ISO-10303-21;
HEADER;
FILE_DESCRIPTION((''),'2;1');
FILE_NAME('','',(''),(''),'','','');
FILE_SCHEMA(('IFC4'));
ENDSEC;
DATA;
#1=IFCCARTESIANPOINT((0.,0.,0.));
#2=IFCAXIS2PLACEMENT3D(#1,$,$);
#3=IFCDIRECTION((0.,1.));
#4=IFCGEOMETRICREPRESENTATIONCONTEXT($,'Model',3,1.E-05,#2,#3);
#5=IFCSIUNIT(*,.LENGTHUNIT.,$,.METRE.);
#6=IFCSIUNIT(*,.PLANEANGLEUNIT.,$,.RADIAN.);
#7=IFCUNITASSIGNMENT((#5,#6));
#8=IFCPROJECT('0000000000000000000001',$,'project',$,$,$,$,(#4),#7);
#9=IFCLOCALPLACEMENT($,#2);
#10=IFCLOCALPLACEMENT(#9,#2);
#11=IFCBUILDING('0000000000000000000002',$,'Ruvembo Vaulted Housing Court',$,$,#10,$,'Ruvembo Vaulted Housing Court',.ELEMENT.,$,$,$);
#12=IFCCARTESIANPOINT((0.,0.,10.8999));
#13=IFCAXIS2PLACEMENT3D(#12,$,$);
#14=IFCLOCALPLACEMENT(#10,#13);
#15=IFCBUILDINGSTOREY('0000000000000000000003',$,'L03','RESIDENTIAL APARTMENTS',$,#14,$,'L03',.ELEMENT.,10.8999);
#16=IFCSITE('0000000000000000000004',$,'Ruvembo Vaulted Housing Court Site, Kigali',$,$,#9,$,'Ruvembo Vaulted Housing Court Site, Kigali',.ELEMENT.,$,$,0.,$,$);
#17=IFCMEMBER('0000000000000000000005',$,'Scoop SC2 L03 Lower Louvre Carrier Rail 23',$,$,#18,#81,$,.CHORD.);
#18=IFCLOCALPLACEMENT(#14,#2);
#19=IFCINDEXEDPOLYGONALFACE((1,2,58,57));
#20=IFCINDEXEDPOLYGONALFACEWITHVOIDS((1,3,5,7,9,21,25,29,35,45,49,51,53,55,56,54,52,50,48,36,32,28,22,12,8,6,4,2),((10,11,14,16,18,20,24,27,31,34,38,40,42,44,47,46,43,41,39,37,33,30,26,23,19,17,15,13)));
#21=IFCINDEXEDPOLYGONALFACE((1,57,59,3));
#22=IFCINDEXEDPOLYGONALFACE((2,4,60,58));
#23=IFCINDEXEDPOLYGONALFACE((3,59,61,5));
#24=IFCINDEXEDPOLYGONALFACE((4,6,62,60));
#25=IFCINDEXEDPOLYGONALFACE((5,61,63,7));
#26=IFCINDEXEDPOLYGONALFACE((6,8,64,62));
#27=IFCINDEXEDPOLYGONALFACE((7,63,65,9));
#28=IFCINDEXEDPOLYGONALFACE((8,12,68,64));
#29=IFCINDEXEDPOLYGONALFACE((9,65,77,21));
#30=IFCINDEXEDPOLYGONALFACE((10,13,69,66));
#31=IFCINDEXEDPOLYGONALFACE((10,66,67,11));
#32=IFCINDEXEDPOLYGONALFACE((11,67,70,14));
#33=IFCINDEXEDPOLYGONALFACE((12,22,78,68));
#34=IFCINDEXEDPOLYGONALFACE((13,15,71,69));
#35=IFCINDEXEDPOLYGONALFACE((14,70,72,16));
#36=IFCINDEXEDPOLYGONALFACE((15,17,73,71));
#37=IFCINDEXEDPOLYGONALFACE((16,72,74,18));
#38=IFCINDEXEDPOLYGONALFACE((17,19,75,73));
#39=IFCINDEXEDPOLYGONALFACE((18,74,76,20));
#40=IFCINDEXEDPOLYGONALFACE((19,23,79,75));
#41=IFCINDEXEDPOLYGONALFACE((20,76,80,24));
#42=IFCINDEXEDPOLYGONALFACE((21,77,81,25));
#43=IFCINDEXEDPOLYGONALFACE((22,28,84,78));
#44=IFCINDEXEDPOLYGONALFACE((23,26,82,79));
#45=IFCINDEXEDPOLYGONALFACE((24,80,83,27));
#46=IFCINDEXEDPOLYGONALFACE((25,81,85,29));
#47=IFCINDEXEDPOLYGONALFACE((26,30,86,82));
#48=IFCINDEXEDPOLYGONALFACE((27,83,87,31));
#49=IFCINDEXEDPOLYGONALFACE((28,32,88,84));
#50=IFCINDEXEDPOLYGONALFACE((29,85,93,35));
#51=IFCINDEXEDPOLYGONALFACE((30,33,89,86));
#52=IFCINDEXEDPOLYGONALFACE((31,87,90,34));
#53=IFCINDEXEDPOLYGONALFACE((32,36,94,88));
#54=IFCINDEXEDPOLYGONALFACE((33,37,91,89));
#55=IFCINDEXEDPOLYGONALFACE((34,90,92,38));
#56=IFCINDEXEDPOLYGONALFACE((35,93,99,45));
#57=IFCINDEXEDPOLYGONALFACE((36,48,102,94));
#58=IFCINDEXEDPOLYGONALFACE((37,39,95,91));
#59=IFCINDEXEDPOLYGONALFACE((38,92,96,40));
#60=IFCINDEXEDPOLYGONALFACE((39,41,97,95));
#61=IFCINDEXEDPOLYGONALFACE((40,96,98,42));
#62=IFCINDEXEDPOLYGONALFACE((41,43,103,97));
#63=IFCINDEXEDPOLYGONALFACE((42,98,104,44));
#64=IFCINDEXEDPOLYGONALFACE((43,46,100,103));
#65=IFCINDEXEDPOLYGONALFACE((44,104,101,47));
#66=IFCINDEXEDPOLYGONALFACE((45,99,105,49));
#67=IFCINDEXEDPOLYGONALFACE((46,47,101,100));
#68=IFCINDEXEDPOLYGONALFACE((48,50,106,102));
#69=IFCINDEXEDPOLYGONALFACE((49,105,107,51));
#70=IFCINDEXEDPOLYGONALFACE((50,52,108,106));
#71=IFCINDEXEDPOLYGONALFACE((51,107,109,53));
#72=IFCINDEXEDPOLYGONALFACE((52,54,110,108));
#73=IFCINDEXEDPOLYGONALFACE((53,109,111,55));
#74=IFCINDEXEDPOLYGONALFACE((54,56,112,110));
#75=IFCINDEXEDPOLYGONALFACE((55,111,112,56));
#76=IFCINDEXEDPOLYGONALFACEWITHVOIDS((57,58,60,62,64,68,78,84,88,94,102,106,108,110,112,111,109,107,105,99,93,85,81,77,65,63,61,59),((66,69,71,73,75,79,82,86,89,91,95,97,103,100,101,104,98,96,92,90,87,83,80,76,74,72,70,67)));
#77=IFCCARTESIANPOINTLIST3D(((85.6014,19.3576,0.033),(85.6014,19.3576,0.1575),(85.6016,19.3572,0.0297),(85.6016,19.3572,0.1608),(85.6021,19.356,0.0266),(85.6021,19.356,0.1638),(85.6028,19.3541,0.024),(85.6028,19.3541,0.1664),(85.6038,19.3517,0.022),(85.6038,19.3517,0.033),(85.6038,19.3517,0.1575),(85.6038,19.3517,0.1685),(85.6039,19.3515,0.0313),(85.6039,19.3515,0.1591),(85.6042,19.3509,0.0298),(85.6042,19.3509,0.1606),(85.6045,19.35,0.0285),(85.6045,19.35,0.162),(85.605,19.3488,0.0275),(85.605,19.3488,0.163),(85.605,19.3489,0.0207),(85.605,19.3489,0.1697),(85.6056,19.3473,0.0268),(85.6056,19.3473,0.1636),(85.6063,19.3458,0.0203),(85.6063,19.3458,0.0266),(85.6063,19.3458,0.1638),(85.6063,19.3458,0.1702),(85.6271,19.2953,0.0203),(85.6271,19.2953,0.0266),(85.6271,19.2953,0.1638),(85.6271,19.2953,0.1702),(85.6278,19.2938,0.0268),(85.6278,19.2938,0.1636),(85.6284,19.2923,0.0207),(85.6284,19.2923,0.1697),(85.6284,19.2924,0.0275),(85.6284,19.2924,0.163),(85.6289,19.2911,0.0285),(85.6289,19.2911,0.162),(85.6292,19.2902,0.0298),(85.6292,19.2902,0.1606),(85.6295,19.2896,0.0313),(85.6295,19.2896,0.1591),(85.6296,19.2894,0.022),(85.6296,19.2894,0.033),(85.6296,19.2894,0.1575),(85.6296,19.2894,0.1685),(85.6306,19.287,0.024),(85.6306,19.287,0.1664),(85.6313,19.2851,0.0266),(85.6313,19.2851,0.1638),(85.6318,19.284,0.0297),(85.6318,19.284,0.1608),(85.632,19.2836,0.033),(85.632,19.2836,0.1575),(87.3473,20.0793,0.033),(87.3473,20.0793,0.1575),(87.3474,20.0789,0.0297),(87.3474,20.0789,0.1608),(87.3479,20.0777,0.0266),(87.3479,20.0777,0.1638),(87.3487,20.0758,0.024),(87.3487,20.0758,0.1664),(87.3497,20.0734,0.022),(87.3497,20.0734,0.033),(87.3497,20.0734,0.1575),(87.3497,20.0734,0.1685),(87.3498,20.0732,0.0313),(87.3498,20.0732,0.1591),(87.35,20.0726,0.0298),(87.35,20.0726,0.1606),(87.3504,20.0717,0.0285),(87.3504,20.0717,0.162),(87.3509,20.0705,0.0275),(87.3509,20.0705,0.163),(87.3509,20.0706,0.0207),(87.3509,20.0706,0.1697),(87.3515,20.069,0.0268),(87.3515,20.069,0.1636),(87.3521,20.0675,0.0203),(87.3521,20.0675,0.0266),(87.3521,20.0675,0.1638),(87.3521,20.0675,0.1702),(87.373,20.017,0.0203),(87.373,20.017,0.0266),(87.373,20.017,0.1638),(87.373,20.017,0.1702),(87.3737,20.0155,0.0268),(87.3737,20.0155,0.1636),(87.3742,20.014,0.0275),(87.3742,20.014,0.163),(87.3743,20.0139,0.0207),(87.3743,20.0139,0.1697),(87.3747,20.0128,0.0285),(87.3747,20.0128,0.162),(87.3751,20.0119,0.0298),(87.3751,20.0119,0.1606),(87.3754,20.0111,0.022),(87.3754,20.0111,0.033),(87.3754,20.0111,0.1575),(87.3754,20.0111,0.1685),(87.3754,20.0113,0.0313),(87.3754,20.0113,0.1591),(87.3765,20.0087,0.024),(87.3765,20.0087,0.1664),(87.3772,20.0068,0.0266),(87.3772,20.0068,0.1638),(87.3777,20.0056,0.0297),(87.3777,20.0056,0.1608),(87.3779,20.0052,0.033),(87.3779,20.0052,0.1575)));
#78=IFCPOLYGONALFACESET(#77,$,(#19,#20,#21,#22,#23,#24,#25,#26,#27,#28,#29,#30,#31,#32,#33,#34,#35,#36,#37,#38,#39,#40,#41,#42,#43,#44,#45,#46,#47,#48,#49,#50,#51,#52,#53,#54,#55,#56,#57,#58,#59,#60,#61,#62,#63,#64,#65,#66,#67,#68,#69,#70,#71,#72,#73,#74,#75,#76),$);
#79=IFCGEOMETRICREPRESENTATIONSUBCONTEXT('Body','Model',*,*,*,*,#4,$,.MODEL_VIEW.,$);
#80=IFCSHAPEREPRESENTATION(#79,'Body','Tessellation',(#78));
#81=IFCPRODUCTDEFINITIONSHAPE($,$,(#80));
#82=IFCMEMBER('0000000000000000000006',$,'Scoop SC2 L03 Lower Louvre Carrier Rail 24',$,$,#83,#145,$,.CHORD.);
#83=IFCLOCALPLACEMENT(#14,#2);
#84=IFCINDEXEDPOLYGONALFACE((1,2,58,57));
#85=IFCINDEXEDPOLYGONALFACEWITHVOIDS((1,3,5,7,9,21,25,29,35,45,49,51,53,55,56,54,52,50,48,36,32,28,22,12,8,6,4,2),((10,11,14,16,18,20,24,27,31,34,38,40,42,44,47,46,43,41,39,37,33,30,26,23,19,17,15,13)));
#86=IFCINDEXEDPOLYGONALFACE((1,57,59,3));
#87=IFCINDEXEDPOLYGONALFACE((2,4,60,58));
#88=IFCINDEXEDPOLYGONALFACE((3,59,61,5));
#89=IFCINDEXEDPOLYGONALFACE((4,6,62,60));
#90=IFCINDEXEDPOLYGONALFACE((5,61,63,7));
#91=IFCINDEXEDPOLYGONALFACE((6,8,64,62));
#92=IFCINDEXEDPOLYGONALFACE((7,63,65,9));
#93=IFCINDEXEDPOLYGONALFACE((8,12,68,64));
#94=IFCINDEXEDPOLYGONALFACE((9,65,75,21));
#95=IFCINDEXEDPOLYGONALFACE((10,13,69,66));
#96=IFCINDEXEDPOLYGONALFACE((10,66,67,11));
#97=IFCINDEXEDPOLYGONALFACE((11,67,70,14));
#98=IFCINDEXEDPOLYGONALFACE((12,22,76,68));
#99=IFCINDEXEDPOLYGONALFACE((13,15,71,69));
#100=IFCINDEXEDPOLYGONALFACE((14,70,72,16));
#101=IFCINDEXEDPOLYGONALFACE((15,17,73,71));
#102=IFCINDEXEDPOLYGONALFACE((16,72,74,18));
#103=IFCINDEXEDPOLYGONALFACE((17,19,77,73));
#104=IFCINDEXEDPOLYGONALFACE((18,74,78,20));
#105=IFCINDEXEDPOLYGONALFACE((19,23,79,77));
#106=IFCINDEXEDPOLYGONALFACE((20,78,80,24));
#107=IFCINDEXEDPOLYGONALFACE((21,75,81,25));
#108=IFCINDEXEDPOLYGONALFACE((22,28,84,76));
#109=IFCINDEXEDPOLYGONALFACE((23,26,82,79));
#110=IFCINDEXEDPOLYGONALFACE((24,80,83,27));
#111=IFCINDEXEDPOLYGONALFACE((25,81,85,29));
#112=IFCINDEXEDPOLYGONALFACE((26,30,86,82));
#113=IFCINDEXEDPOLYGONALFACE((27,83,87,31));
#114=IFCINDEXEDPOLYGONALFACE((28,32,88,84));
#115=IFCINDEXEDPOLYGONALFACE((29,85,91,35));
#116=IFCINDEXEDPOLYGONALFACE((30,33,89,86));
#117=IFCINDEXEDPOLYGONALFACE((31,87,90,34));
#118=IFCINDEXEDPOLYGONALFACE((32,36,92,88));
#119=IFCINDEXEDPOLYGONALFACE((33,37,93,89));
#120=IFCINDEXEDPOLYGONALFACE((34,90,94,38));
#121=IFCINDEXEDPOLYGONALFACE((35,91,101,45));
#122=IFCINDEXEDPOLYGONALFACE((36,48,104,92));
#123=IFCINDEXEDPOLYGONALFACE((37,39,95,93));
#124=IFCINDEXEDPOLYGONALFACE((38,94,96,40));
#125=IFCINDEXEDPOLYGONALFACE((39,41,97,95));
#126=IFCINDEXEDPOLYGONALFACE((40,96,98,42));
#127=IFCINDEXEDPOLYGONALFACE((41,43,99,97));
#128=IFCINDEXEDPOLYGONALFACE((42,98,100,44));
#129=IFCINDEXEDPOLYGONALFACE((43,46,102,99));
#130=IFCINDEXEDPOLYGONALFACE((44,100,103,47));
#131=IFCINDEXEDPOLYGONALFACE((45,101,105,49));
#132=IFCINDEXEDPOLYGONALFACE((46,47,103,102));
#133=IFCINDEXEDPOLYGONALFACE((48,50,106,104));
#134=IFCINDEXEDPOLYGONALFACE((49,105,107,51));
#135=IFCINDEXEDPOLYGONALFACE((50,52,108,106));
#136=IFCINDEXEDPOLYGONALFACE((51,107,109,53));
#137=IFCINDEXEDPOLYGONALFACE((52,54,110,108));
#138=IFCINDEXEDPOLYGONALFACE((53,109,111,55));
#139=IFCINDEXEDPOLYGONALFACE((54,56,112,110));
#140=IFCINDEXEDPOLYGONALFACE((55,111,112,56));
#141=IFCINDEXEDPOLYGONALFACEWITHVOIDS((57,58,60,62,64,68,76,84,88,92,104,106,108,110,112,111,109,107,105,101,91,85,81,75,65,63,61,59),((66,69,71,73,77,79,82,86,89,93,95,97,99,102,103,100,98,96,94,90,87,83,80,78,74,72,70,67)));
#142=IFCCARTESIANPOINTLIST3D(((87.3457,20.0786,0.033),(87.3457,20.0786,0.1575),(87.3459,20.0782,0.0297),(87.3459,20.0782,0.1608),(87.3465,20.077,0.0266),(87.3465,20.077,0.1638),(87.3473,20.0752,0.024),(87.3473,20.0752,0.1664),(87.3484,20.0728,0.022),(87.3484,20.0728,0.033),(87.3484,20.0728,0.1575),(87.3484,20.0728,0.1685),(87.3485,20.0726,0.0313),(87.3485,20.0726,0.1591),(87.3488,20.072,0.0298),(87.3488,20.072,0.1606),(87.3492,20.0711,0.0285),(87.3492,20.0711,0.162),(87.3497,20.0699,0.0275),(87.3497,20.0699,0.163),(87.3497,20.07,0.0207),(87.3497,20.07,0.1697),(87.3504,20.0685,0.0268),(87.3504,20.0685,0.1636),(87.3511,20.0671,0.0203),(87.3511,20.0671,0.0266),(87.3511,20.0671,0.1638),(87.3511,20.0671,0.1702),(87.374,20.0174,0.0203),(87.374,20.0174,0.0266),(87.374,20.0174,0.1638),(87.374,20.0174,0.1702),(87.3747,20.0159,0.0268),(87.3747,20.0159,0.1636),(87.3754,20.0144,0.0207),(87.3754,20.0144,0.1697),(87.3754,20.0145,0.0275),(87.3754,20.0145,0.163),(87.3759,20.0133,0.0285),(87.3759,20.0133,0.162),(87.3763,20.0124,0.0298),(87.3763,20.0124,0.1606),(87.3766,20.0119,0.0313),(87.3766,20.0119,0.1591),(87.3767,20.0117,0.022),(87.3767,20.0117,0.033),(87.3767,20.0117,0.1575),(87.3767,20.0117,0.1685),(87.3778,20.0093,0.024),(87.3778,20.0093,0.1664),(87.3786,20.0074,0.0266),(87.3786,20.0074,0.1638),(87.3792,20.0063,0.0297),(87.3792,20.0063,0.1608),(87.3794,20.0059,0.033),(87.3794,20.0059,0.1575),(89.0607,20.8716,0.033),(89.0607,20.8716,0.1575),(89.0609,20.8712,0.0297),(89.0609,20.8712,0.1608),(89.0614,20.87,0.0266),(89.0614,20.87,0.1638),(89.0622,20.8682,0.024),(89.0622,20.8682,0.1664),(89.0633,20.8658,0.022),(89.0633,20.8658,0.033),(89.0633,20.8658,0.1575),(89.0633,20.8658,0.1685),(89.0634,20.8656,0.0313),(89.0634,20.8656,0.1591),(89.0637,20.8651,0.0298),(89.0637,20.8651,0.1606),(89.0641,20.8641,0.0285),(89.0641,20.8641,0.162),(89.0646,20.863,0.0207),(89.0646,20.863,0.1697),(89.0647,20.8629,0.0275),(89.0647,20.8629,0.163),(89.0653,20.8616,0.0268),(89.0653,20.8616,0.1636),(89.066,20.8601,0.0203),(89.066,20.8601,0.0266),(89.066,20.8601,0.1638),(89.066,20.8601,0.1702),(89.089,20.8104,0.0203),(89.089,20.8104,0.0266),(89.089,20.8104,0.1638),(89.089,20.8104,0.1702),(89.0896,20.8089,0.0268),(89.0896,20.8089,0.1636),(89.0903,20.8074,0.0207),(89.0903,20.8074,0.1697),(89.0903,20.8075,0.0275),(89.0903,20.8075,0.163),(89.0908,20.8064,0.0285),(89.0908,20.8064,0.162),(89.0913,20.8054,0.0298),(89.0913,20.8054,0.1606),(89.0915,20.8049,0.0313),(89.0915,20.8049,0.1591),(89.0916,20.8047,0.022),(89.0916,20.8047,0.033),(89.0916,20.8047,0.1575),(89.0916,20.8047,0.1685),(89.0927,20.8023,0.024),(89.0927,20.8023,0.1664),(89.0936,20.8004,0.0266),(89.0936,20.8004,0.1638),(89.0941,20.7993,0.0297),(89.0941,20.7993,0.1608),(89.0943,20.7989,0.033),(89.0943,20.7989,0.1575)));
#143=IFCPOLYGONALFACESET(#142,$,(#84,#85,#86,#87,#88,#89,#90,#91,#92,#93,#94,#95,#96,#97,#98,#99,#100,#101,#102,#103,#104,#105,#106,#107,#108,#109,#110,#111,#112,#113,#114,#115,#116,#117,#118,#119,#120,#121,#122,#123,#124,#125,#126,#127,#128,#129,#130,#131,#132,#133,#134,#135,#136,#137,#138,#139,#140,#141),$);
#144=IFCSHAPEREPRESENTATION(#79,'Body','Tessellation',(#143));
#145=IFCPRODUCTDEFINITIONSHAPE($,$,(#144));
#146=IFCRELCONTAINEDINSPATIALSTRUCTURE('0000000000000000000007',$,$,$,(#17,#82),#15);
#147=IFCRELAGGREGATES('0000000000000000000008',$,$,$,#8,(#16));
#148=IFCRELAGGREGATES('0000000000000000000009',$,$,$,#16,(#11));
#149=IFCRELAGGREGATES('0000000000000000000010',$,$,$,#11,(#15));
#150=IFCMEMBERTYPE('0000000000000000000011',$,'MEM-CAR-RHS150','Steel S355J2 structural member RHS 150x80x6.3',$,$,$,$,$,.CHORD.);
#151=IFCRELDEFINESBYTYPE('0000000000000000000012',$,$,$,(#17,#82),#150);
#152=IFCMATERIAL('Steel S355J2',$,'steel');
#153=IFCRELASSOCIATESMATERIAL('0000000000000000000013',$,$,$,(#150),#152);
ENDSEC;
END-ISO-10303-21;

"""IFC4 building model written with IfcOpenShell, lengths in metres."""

from ifc_helpers import new_model, si_unit, direction, frame, origin, origin_2d, place, context, subcontext, project, spatial, hollow_rectangle, extrude, material, material_profile, profile_set, type_object, element, save


model = new_model("IFC4")

# Units and contexts
model_context = context("Model", 3, precision=1e-05, world=origin(), true_north=direction((0.0, 1.0)))
body_context = subcontext(model_context, "Body", "Model", "MODEL_VIEW")
ifc_project = project(units=[si_unit("LENGTHUNIT", "METRE"), si_unit("PLANEANGLEUNIT", "RADIAN")], contexts=[model_context])

# Site, building, storey
site_placement = place(None, origin())
site = spatial("IfcSite", under=ifc_project, at=site_placement, Name="Ruvembo Vaulted Housing Court Site, Kigali", LongName="Ruvembo Vaulted Housing Court Site, Kigali", CompositionType="ELEMENT", RefElevation=0.0)
building_placement = place(site_placement, origin())
building = spatial("IfcBuilding", under=site, at=building_placement, Name="Ruvembo Vaulted Housing Court", LongName="Ruvembo Vaulted Housing Court", CompositionType="ELEMENT")
storey_placement = place(building_placement, frame((0.0, 0.0, 10.8999)))
storey = spatial("IfcBuildingStorey", under=building, at=storey_placement, Name="L03", Description="RESIDENTIAL APARTMENTS", LongName="L03", CompositionType="ELEMENT", Elevation=10.8999)

# Shared definitions
ifc_material_1 = material(Name="Steel S355J2", Category="steel")

# Members
ifc_material_profile_1 = material_profile(ifc_material_1, hollow_rectangle(XDim=0.0801, YDim=0.1499, WallThickness=0.0063, InnerFilletRadius=0.0063, OuterFilletRadius=0.0127, at=origin_2d()), Name="RHS 150x80x6.3")
ifc_profile_set_1 = profile_set([ifc_material_profile_1], Name="Steel S355J2")
member_type_1 = type_object("IfcMemberType", Name="MEM-CAR-RHS150", Description="Steel S355J2 structural member RHS 150x80x6.3", PredefinedType="CHORD", material=ifc_profile_set_1)
member_1_placement = place(storey_placement, frame((85.6167, 19.3206, 0.0952), z_axis=(0.924155, 0.382017, 0.0), x_axis=(-0.382017, 0.924155, 0.0)))
element("IfcMember", 1, at=member_1_placement, inside=storey, type_object=member_type_1, Name="Scoop SC2 L03 Lower Louvre Carrier Rail 23", PredefinedType="CHORD", context=body_context, shape_type="SweptSolid", body=[
    extrude(hollow_rectangle(XDim=0.0801, YDim=0.1499, WallThickness=0.0063, InnerFilletRadius=0.0063, OuterFilletRadius=0.0127, at=origin_2d()), origin(), (0.0, 0.0, 1.0), 1.8892),
])
member_2_placement = place(storey_placement, frame((87.3625, 20.0422, 0.0952), z_axis=(0.907657, 0.419714, 0.0), x_axis=(-0.419714, 0.907657, 0.0)))
element("IfcMember", 2, at=member_2_placement, inside=storey, type_object=member_type_1, Name="Scoop SC2 L03 Lower Louvre Carrier Rail 24", PredefinedType="CHORD", context=body_context, shape_type="SweptSolid", body=[
    extrude(hollow_rectangle(XDim=0.0801, YDim=0.1499, WallThickness=0.0063, InnerFilletRadius=0.0063, OuterFilletRadius=0.0127, at=origin_2d()), origin(), (0.0, 0.0, 1.0), 1.8894),
])

save(model, "model.ifc")
